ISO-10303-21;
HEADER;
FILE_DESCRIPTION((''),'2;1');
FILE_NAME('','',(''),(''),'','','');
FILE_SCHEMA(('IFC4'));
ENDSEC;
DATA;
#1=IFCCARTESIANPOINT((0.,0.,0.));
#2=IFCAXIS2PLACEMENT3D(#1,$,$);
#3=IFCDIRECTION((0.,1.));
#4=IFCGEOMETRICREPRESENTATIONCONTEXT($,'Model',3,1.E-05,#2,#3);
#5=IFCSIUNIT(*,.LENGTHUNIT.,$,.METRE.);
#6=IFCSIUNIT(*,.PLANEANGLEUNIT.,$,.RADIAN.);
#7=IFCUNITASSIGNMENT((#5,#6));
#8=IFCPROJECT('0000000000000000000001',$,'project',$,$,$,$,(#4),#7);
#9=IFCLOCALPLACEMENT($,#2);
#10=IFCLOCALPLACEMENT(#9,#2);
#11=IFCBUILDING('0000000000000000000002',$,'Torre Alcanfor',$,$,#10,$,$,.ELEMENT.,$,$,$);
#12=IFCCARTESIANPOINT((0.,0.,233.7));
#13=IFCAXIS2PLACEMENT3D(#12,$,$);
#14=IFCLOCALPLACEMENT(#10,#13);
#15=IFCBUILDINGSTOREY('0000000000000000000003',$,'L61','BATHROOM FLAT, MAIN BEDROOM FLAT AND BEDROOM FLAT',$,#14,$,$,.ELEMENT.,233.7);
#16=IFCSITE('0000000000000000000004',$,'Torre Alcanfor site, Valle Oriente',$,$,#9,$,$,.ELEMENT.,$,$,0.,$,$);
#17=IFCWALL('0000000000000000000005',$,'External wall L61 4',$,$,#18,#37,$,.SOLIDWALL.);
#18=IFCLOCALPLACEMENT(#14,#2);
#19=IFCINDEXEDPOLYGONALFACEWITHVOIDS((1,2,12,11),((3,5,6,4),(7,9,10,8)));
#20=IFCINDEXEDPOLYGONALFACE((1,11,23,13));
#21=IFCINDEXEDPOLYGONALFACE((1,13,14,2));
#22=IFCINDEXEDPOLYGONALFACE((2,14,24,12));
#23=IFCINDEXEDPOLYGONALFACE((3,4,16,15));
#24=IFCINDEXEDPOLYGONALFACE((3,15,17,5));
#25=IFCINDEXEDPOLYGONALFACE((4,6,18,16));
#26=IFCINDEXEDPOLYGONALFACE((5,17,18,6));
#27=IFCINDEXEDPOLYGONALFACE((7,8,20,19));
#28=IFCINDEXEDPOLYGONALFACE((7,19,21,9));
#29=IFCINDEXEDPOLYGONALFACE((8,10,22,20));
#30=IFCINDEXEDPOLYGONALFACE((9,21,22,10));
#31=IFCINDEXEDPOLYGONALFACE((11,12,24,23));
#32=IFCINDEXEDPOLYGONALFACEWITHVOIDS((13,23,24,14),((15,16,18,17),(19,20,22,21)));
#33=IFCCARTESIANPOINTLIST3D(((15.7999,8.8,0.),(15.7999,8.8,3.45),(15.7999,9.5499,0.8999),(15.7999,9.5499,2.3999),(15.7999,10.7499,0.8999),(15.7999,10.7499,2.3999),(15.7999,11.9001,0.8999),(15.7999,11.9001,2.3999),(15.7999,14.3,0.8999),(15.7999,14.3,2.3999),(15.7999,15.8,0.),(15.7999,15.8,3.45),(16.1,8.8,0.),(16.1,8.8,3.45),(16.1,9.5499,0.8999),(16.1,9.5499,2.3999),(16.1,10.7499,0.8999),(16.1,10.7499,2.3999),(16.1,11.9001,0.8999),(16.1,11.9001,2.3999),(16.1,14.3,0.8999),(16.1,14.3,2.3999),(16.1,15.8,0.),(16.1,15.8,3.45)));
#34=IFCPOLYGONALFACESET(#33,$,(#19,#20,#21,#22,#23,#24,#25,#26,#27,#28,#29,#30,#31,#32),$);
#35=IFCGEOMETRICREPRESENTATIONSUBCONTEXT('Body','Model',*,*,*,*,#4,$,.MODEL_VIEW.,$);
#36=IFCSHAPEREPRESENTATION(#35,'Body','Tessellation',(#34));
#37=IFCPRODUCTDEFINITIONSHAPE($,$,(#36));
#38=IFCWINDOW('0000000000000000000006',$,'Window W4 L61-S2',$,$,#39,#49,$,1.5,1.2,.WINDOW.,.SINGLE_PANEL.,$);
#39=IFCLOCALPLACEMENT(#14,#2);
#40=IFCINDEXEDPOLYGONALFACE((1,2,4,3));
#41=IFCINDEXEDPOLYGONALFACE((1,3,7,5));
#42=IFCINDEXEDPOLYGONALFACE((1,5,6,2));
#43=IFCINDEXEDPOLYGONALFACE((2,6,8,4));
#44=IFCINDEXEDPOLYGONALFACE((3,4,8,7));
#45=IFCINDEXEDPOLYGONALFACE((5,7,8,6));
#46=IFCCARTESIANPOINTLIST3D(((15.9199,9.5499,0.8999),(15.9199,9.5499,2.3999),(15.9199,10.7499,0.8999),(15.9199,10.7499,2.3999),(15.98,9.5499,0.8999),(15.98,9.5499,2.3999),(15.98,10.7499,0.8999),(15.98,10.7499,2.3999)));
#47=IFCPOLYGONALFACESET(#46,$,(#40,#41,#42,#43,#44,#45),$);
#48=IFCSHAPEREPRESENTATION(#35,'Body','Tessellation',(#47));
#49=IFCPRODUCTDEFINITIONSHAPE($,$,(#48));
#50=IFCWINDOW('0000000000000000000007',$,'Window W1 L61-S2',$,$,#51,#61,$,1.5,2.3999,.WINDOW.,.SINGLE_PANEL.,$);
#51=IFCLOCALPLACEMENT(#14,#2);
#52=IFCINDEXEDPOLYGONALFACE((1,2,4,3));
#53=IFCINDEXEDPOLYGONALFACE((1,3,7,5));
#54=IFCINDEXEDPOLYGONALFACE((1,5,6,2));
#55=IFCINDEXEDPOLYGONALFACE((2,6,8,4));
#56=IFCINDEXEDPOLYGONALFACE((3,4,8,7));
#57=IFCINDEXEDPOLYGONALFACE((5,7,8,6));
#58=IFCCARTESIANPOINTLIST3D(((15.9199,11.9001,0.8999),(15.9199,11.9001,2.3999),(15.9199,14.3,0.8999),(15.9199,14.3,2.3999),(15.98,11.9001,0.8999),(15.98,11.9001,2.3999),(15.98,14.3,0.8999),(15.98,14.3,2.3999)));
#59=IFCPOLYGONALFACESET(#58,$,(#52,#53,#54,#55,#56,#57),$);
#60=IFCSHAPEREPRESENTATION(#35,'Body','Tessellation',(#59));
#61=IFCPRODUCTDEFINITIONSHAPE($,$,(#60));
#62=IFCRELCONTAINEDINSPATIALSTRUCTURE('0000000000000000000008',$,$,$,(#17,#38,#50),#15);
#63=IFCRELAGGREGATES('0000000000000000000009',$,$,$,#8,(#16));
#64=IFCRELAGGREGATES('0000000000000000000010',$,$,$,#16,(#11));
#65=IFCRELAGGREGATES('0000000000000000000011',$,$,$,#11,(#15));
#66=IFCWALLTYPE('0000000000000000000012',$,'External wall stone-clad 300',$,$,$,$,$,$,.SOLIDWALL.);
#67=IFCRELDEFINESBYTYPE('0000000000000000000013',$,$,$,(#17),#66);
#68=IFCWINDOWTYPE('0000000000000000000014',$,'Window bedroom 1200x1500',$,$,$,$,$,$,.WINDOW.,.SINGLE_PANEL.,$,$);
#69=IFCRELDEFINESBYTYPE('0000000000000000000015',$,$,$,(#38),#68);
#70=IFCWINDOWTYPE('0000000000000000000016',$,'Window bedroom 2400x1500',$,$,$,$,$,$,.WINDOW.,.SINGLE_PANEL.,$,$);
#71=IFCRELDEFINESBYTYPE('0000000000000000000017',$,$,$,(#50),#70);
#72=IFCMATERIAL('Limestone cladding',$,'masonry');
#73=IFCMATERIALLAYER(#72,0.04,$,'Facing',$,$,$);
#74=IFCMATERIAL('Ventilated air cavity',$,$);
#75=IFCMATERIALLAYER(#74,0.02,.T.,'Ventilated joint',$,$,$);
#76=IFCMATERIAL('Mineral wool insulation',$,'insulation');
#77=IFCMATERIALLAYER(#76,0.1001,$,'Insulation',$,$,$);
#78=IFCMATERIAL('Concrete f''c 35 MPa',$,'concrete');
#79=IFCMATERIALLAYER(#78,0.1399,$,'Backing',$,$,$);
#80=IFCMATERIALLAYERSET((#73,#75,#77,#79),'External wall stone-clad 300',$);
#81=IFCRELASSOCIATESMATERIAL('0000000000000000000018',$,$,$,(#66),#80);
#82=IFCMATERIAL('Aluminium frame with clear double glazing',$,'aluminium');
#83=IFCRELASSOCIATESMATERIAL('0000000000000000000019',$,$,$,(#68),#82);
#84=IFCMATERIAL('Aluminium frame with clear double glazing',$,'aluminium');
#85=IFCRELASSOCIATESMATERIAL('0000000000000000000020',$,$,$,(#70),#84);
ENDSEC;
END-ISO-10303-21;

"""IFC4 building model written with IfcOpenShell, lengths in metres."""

from ifc_helpers import new_model, si_unit, direction, frame, frame_2d, origin, place, context, subcontext, project, spatial, rectangle, extrude, material, layer, layer_set, type_object, element, fill, save


model = new_model("IFC4")

# Units and contexts
model_context = context("Model", 3, precision=1e-05, world=origin(), true_north=direction((0.0, 1.0)))
body_context = subcontext(model_context, "Body", "Model", "MODEL_VIEW")
ifc_project = project(units=[si_unit("LENGTHUNIT", "METRE"), si_unit("PLANEANGLEUNIT", "RADIAN")], contexts=[model_context])

# Site, building, storey
site_placement = place(None, origin())
site = spatial("IfcSite", under=ifc_project, at=site_placement, Name="Torre Alcanfor site, Valle Oriente", CompositionType="ELEMENT", RefElevation=0.0)
building_placement = place(site_placement, origin())
building = spatial("IfcBuilding", under=site, at=building_placement, Name="Torre Alcanfor", CompositionType="ELEMENT")
storey_placement = place(building_placement, frame((0.0, 0.0, 233.7)))
storey = spatial("IfcBuildingStorey", under=building, at=storey_placement, Name="L61", Description="BATHROOM FLAT, MAIN BEDROOM FLAT AND BEDROOM FLAT", CompositionType="ELEMENT", Elevation=233.7)

# Shared definitions
ifc_material_1 = material(Name="Limestone cladding", Category="masonry")
ifc_layer_1 = layer(ifc_material_1, 0.04, Name="Facing")
ifc_material_2 = material(Name="Ventilated air cavity")
ifc_layer_2 = layer(ifc_material_2, 0.02, ventilated=True, Name="Ventilated joint")
ifc_material_3 = material(Name="Mineral wool insulation", Category="insulation")
ifc_layer_3 = layer(ifc_material_3, 0.1001, Name="Insulation")
ifc_material_4 = material(Name="Concrete f'c 35 MPa", Category="concrete")
ifc_layer_4 = layer(ifc_material_4, 0.1399, Name="Backing")
ifc_layer_set_1 = layer_set([ifc_layer_1, ifc_layer_2, ifc_layer_3, ifc_layer_4], Name="External wall stone-clad 300")
wall_type_1 = type_object("IfcWallType", Name="External wall stone-clad 300", PredefinedType="SOLIDWALL", material=ifc_layer_set_1)
ifc_material_5 = material(Name="Aluminium frame with clear double glazing", Category="aluminium")
window_type_1 = type_object("IfcWindowType", Name="Window bedroom 1200x1500", PartitioningType="SINGLE_PANEL", PredefinedType="WINDOW", material=ifc_material_5)

# Wall, openings, windows
wall_1_placement = place(storey_placement, frame((15.95, 15.8, 0.0), z_axis=(0.0, 0.0, 1.0), x_axis=(0.0, -1.0, 0.0)))
wall_1 = element("IfcWall", 1, at=wall_1_placement, inside=storey, type_object=wall_type_1, Name="External wall L61 4", PredefinedType="SOLIDWALL", context=body_context, shape_type="SweptSolid", body=[
    extrude(rectangle(XDim=7.0, YDim=0.3, at=frame_2d((3.5, 0.0))), origin(), (0.0, 0.0, 1.0), 3.45),
])
opening_1_placement = place(wall_1_placement, frame((1.5, 0.0, 0.8999)))
opening_1 = element("IfcOpeningElement", 2, at=opening_1_placement, cuts=wall_1, PredefinedType="OPENING", context=body_context, shape_type="SweptSolid", body=[
    extrude(rectangle(XDim=2.3999, YDim=1.5, at=frame_2d((1.2, 0.75))), frame((0.0, 0.1599, 0.0), z_axis=(0.0, -1.0, 0.0), x_axis=(1.0, 0.0, 0.0)), (0.0, 0.0, 1.0), 0.3201),
])
opening_2_placement = place(wall_1_placement, frame((5.05, 0.0, 0.8999)))
opening_2 = element("IfcOpeningElement", 3, at=opening_2_placement, cuts=wall_1, PredefinedType="OPENING", context=body_context, shape_type="SweptSolid", body=[
    extrude(rectangle(XDim=1.2, YDim=1.5, at=frame_2d((0.6001, 0.75))), frame((0.0, 0.1599, 0.0), z_axis=(0.0, -1.0, 0.0), x_axis=(1.0, 0.0, 0.0)), (0.0, 0.0, 1.0), 0.3201),
])
window_1_placement = place(opening_2_placement, origin())
window_1 = element("IfcWindow", 4, at=window_1_placement, inside=storey, type_object=window_type_1, Name="Window W4 L61-S2", OverallHeight=1.5, OverallWidth=1.2, PartitioningType="SINGLE_PANEL", PredefinedType="WINDOW", context=body_context, shape_type="SweptSolid", body=[
    extrude(rectangle(XDim=1.2, YDim=1.5, at=frame_2d((0.6001, 0.75))), frame((0.0, 0.03, 0.0), z_axis=(0.0, -1.0, 0.0), x_axis=(1.0, 0.0, 0.0)), (0.0, 0.0, 1.0), 0.0601),
])
fill(opening_2, window_1)
ifc_material_6 = material(Name="Aluminium frame with clear double glazing", Category="aluminium")
window_type_2 = type_object("IfcWindowType", Name="Window bedroom 2400x1500", PartitioningType="SINGLE_PANEL", PredefinedType="WINDOW", material=ifc_material_6)
window_2_placement = place(opening_1_placement, origin())
window_2 = element("IfcWindow", 5, at=window_2_placement, inside=storey, type_object=window_type_2, Name="Window W1 L61-S2", OverallHeight=1.5, OverallWidth=2.3999, PartitioningType="SINGLE_PANEL", PredefinedType="WINDOW", context=body_context, shape_type="SweptSolid", body=[
    extrude(rectangle(XDim=2.3999, YDim=1.5, at=frame_2d((1.2, 0.75))), frame((0.0, 0.03, 0.0), z_axis=(0.0, -1.0, 0.0), x_axis=(1.0, 0.0, 0.0)), (0.0, 0.0, 1.0), 0.0601),
])
fill(opening_1, window_2)

save(model, "model.ifc")
